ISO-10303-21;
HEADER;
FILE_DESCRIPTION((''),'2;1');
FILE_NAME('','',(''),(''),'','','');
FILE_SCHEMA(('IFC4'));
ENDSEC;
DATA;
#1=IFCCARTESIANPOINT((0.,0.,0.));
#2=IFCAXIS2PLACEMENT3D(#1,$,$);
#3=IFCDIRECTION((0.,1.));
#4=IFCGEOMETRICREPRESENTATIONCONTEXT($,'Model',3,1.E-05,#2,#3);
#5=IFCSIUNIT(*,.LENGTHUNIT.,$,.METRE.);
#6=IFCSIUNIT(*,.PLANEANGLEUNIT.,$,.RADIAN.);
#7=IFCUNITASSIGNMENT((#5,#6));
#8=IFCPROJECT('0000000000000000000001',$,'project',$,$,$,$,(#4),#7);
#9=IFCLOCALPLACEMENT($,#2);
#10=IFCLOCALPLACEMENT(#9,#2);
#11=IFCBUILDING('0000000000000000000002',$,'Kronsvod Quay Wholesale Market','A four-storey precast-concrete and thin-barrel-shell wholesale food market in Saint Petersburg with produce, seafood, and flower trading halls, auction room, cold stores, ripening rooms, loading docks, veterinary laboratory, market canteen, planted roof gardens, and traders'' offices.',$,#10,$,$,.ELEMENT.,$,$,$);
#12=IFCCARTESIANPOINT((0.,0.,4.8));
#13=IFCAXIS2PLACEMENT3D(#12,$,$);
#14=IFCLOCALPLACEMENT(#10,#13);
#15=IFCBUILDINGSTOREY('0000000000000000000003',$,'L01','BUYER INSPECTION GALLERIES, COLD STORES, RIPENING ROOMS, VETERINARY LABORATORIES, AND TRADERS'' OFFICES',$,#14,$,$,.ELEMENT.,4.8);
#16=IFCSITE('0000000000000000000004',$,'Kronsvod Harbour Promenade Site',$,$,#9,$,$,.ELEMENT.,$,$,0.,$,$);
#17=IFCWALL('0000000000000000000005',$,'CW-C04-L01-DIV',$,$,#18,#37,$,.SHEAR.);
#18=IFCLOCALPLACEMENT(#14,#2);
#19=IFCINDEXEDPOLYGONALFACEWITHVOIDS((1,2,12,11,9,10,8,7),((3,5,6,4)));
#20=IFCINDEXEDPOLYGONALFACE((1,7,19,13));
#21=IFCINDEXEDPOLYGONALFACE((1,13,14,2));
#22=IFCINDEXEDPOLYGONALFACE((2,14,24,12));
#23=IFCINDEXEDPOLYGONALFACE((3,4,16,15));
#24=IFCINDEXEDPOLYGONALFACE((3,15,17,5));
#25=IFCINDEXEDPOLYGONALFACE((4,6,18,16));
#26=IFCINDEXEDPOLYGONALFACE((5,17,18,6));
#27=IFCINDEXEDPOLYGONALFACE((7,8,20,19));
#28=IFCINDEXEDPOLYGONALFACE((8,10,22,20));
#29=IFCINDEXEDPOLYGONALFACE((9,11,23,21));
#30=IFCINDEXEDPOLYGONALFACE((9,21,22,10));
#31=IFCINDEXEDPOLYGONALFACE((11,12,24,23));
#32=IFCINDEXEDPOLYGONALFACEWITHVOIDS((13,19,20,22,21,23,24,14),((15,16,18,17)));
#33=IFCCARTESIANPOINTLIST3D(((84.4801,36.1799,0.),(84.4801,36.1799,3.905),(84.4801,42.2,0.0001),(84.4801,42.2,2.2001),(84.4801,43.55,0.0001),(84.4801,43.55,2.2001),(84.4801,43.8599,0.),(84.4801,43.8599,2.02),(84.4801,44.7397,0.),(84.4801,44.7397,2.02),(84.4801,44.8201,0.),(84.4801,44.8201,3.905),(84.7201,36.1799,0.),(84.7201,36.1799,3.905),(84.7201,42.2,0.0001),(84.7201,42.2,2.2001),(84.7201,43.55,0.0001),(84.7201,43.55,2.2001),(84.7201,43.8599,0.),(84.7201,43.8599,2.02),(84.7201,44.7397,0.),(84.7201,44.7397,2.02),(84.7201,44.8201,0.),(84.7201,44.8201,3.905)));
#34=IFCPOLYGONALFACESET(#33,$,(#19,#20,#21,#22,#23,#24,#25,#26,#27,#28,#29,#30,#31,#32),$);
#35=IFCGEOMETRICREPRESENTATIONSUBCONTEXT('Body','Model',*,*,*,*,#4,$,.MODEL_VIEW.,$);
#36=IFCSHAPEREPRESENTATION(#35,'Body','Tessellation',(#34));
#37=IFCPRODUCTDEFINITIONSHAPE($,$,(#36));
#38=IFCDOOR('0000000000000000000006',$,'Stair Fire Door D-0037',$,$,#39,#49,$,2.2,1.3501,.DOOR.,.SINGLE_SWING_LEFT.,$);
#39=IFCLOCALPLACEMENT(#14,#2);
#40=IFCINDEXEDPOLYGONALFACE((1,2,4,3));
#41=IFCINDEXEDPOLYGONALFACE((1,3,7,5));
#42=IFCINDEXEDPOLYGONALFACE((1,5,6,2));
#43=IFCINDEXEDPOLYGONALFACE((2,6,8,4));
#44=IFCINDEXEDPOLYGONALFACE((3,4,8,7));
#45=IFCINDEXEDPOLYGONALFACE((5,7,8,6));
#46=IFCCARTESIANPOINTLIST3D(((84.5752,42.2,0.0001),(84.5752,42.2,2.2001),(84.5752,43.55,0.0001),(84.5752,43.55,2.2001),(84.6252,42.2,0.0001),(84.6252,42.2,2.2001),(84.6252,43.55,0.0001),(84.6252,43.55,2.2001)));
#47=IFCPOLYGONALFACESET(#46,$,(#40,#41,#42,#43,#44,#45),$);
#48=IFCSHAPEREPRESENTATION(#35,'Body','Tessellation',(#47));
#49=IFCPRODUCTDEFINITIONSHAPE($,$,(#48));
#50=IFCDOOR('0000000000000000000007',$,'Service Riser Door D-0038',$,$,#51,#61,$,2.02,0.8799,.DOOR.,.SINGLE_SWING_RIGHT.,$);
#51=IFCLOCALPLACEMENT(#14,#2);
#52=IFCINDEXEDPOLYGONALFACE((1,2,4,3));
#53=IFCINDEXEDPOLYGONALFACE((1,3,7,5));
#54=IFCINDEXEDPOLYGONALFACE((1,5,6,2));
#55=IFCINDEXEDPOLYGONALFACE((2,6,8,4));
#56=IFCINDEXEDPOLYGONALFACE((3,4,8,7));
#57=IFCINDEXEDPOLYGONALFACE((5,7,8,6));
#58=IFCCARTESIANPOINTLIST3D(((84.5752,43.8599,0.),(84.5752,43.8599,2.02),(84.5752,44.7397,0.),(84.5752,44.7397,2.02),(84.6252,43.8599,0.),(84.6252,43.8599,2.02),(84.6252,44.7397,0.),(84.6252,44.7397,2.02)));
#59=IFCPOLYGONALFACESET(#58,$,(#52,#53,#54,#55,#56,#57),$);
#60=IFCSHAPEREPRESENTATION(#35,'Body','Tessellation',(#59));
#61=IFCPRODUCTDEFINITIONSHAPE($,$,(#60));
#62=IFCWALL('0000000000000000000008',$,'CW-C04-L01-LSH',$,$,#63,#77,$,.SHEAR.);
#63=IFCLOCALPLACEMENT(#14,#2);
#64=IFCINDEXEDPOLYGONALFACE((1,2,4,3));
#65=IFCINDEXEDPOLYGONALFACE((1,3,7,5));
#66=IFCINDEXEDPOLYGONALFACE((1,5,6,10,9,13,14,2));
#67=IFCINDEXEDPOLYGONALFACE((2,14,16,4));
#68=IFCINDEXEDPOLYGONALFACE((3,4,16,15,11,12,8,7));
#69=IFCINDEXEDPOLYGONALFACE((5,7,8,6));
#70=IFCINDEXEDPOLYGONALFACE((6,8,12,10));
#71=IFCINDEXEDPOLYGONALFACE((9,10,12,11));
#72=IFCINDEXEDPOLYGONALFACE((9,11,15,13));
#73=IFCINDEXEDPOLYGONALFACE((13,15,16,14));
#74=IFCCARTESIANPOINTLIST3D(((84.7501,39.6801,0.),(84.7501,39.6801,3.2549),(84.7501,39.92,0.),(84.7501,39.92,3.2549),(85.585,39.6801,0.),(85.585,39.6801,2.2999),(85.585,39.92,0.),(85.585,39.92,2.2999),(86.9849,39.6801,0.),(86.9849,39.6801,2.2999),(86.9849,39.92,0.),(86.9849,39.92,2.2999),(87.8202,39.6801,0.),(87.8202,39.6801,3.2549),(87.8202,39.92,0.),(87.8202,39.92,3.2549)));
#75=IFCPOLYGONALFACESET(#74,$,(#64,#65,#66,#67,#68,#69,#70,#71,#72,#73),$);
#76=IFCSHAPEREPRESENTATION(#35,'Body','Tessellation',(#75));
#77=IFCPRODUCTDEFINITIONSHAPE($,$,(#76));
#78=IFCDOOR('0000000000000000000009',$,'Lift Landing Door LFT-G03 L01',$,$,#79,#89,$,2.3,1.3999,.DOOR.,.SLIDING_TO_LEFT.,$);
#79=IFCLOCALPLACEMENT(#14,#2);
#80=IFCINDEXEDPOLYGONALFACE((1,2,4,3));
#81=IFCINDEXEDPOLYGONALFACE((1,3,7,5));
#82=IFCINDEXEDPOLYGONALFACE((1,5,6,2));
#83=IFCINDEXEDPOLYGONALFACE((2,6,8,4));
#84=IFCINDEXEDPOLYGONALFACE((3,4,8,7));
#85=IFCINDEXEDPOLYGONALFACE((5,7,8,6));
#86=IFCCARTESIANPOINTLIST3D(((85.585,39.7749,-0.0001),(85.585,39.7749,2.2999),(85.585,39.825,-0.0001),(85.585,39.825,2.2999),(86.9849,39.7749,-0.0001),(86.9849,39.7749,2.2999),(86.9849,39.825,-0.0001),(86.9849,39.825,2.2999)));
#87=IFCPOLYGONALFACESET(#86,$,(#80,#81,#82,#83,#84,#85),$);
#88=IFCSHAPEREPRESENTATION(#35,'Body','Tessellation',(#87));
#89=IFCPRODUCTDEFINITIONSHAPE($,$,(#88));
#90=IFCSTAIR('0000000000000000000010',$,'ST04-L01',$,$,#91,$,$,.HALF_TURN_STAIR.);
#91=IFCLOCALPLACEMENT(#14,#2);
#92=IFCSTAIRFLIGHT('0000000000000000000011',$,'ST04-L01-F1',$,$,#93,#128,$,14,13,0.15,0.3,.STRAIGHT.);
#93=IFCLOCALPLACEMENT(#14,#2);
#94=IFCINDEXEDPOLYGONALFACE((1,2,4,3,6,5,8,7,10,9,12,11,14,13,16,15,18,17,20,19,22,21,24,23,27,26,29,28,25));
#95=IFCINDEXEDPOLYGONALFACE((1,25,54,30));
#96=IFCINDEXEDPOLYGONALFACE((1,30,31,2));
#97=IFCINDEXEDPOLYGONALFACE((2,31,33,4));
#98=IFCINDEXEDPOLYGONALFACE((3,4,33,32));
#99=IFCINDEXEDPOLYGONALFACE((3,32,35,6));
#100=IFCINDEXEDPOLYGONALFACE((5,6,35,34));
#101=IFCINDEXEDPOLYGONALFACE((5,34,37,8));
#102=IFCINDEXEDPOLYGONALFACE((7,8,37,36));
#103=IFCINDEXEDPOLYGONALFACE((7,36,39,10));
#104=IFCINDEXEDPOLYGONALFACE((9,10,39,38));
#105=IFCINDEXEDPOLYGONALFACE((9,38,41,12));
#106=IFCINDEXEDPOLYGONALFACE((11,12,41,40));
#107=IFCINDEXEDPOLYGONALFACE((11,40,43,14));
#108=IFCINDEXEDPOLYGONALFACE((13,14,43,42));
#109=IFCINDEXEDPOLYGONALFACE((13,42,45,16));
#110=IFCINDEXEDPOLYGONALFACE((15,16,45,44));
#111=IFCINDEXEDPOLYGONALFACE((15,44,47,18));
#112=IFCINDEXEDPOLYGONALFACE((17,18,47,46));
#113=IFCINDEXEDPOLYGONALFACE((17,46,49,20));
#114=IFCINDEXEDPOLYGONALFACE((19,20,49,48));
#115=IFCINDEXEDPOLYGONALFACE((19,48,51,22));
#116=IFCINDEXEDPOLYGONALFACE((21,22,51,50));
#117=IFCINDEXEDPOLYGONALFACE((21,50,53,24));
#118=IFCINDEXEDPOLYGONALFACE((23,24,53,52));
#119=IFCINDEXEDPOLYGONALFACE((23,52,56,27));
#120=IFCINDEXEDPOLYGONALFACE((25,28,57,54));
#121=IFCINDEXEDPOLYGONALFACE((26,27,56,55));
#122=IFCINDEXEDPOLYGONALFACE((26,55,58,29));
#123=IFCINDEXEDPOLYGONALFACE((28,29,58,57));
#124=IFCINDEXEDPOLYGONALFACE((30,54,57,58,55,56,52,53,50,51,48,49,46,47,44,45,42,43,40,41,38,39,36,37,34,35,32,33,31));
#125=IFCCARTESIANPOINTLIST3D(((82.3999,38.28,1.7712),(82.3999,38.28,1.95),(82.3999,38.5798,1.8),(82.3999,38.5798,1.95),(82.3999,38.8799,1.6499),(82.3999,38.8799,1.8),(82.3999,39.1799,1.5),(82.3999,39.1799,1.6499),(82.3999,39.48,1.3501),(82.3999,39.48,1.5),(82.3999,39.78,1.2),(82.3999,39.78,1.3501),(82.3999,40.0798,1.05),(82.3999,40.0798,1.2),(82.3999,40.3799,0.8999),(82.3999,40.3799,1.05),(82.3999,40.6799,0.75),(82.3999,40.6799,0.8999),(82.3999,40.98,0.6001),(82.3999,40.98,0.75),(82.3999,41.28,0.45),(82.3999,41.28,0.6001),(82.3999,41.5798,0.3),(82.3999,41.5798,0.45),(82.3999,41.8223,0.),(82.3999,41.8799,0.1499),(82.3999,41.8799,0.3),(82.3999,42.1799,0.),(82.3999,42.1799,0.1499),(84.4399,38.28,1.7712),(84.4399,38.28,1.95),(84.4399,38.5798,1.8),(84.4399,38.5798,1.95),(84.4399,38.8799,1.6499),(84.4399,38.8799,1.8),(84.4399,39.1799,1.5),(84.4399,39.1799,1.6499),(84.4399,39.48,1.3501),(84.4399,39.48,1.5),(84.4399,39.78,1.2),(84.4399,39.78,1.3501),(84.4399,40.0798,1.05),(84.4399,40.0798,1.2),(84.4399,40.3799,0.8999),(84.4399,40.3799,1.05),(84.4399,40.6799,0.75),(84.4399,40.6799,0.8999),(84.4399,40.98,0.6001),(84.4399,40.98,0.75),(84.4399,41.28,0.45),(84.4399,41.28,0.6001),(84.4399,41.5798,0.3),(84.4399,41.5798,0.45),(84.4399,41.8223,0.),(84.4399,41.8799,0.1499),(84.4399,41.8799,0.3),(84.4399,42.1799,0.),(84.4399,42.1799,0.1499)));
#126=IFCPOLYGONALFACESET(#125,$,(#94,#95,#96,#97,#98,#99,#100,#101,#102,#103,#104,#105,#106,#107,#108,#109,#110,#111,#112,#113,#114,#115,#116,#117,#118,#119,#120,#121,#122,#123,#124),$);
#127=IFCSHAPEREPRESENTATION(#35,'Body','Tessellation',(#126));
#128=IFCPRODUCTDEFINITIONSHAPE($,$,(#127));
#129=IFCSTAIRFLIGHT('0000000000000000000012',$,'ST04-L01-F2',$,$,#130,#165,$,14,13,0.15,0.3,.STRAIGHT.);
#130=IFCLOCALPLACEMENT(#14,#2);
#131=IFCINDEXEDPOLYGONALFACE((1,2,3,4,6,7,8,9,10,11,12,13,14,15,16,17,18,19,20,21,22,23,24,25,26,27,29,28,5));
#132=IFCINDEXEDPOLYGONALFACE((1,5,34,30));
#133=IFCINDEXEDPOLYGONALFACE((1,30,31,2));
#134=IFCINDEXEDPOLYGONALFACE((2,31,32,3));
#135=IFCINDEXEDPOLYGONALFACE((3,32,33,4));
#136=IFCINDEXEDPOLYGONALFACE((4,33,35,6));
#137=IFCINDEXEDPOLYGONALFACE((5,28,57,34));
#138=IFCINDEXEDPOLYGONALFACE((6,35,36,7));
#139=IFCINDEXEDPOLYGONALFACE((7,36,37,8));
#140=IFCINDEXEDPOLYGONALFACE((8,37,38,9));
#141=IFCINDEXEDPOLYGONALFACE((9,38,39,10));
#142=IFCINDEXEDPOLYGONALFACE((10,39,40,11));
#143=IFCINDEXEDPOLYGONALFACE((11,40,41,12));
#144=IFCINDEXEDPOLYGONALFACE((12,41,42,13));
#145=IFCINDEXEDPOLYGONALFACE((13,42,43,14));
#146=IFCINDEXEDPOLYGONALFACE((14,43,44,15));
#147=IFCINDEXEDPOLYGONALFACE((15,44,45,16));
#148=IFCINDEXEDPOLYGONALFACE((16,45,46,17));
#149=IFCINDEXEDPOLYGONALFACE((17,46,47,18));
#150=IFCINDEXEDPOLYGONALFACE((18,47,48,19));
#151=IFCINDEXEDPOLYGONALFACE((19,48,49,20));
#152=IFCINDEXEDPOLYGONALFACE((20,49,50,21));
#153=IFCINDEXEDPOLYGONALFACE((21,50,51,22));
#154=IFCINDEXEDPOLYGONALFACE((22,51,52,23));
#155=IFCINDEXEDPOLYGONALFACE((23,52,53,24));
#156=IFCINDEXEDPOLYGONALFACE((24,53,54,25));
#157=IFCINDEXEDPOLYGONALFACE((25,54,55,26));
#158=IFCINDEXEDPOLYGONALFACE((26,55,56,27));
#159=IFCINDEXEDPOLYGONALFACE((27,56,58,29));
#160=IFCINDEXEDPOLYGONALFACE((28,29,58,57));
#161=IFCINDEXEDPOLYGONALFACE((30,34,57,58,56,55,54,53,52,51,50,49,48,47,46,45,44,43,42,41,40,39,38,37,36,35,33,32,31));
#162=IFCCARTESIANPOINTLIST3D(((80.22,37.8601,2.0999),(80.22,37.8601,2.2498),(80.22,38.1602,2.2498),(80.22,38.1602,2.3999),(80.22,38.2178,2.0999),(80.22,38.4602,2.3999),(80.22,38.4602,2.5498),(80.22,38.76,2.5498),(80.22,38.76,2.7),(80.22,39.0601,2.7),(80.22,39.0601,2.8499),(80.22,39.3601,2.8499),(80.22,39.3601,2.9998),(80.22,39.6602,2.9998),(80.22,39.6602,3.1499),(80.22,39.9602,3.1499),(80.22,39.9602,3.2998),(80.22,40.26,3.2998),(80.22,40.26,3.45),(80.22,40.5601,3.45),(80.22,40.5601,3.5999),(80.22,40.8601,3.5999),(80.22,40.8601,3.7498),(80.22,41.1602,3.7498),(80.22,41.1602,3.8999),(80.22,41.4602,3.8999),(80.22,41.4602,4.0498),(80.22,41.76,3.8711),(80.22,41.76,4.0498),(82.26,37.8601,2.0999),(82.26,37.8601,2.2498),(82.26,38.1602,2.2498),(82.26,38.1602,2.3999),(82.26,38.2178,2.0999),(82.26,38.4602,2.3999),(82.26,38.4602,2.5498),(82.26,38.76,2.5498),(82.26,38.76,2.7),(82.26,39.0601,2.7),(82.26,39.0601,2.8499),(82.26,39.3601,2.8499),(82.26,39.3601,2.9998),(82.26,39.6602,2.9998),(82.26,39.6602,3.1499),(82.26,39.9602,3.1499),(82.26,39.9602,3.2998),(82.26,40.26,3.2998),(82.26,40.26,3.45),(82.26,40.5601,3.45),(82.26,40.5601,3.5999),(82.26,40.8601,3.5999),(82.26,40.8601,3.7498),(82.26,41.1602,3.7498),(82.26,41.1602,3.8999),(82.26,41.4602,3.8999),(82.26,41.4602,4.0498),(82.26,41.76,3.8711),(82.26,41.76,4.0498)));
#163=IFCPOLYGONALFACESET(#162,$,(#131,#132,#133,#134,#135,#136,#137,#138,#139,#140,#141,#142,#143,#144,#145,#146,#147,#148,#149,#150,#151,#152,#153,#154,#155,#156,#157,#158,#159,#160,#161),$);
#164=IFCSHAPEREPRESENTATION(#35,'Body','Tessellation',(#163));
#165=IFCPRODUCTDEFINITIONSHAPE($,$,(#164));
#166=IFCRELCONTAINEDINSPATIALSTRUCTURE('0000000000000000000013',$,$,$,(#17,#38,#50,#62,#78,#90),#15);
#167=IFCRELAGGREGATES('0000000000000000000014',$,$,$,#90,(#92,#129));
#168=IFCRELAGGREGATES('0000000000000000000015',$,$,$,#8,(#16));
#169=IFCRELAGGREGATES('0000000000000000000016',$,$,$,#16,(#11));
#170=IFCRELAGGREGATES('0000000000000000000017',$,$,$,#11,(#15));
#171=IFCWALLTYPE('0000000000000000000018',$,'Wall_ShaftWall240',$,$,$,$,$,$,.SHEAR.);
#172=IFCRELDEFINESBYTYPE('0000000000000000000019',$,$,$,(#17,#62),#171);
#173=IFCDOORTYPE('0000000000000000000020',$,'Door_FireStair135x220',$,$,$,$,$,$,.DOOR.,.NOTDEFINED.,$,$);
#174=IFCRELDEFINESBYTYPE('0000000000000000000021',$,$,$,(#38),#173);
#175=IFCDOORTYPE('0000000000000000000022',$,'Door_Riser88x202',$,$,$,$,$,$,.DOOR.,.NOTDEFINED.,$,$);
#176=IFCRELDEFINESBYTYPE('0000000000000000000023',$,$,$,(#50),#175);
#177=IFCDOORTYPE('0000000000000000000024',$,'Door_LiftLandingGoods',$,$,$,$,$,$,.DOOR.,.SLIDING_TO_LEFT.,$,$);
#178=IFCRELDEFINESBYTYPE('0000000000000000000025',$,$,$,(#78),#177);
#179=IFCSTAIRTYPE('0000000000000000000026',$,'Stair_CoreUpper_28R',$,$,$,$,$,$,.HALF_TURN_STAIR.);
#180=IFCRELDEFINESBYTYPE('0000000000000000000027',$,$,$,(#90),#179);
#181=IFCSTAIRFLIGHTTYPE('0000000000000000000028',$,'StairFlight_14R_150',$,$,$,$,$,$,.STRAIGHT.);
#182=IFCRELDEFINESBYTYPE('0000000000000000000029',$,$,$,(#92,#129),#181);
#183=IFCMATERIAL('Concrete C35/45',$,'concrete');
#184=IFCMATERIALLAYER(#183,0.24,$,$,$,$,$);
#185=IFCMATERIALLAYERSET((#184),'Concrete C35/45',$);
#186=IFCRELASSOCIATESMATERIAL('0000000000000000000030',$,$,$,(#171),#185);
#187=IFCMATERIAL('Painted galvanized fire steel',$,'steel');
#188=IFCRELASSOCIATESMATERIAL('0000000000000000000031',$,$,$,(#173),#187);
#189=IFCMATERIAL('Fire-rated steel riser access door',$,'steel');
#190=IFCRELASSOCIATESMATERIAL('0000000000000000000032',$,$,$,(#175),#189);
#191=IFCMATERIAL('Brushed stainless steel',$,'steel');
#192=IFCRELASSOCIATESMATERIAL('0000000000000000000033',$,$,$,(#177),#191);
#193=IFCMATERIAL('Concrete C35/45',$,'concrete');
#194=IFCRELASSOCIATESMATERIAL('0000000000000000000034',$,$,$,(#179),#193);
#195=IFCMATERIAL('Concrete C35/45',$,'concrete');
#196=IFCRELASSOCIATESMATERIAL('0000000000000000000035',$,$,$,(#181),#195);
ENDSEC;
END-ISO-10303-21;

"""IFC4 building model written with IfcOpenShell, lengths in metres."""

from ifc_helpers import new_model, si_unit, direction, frame, frame_2d, origin, place, context, subcontext, project, spatial, polyline, rectangle, outline, extrude, material, layer, layer_set, type_object, element, fill, aggregate, save


model = new_model("IFC4")

# Units and contexts
model_context = context("Model", 3, precision=1e-05, world=origin(), true_north=direction((0.0, 1.0)))
body_context = subcontext(model_context, "Body", "Model", "MODEL_VIEW")
ifc_project = project(units=[si_unit("LENGTHUNIT", "METRE"), si_unit("PLANEANGLEUNIT", "RADIAN")], contexts=[model_context])

# Site, building, storey
site_placement = place(None, origin())
site = spatial("IfcSite", under=ifc_project, at=site_placement, Name="Kronsvod Harbour Promenade Site", CompositionType="ELEMENT", RefElevation=0.0)
building_placement = place(site_placement, origin())
building = spatial("IfcBuilding", under=site, at=building_placement, Name="Kronsvod Quay Wholesale Market", Description="A four-storey precast-concrete and thin-barrel-shell wholesale food market in Saint Petersburg with produce, seafood, and flower trading halls, auction room, cold stores, ripening rooms, loading docks, veterinary laboratory, market canteen, planted roof gardens, and traders' offices.", CompositionType="ELEMENT")
storey_placement = place(building_placement, frame((0.0, 0.0, 4.8)))
storey = spatial("IfcBuildingStorey", under=building, at=storey_placement, Name="L01", Description="BUYER INSPECTION GALLERIES, COLD STORES, RIPENING ROOMS, VETERINARY LABORATORIES, AND TRADERS' OFFICES", CompositionType="ELEMENT", Elevation=4.8)

# Wall, openings, doors
ifc_material_1 = material(Name="Concrete C35/45", Category="concrete")
ifc_layer_1 = layer(ifc_material_1, 0.24)
ifc_layer_set_1 = layer_set([ifc_layer_1], Name="Concrete C35/45")
wall_type_1 = type_object("IfcWallType", Name="Wall_ShaftWall240", PredefinedType="SHEAR", material=ifc_layer_set_1)
wall_1_placement = place(storey_placement, frame((84.6001, 36.1799, 0.0), z_axis=(0.0, 0.0, 1.0), x_axis=(0.0, 1.0, 0.0)))
wall_1 = element("IfcWall", 1, at=wall_1_placement, inside=storey, type_object=wall_type_1, Name="CW-C04-L01-DIV", PredefinedType="SHEAR", context=body_context, shape_type="SweptSolid", body=[
    extrude(rectangle(XDim=8.6401, YDim=0.24, at=frame_2d((4.3201, 0.0))), origin(), (0.0, 0.0, 1.0), 3.905),
])
opening_1_placement = place(wall_1_placement, frame((6.02, 0.0, 0.0)))
opening_1 = element("IfcOpeningElement", 2, at=opening_1_placement, cuts=wall_1, PredefinedType="OPENING", context=body_context, shape_type="SweptSolid", body=[
    extrude(rectangle(XDim=1.3501, YDim=2.2, at=frame_2d((0.675, 1.1001))), frame((0.0, 0.1299, 0.0), z_axis=(0.0, -1.0, 0.0), x_axis=(1.0, 0.0, 0.0)), (0.0, 0.0, 1.0), 0.26),
])
opening_2_placement = place(wall_1_placement, frame((7.6799, 0.0, 0.0)))
opening_2 = element("IfcOpeningElement", 3, at=opening_2_placement, cuts=wall_1, PredefinedType="OPENING", context=body_context, shape_type="SweptSolid", body=[
    extrude(rectangle(XDim=0.8799, YDim=2.02, at=frame_2d((0.4399, 1.01))), frame((0.0, 0.1299, 0.0), z_axis=(0.0, -1.0, 0.0), x_axis=(1.0, 0.0, 0.0)), (0.0, 0.0, 1.0), 0.26),
])
ifc_material_2 = material(Name="Painted galvanized fire steel", Category="steel")
door_type_1 = type_object("IfcDoorType", Name="Door_FireStair135x220", OperationType="NOTDEFINED", PredefinedType="DOOR", material=ifc_material_2)
door_1_placement = place(opening_1_placement, origin())
door_1 = element("IfcDoor", 4, at=door_1_placement, inside=storey, type_object=door_type_1, Name="Stair Fire Door D-0037", OperationType="SINGLE_SWING_LEFT", OverallHeight=2.2, OverallWidth=1.3501, PredefinedType="DOOR", context=body_context, shape_type="SweptSolid", body=[
    extrude(rectangle(XDim=1.3501, YDim=2.2, at=frame_2d((0.675, 1.1001))), frame((0.0, 0.0249, 0.0), z_axis=(0.0, -1.0, 0.0), x_axis=(1.0, 0.0, 0.0)), (0.0, 0.0, 1.0), 0.05),
])
fill(opening_1, door_1)
ifc_material_3 = material(Name="Fire-rated steel riser access door", Category="steel")
door_type_2 = type_object("IfcDoorType", Name="Door_Riser88x202", OperationType="NOTDEFINED", PredefinedType="DOOR", material=ifc_material_3)
door_2_placement = place(opening_2_placement, origin())
door_2 = element("IfcDoor", 5, at=door_2_placement, inside=storey, type_object=door_type_2, Name="Service Riser Door D-0038", OperationType="SINGLE_SWING_RIGHT", OverallHeight=2.02, OverallWidth=0.8799, PredefinedType="DOOR", context=body_context, shape_type="SweptSolid", body=[
    extrude(rectangle(XDim=0.8799, YDim=2.02, at=frame_2d((0.4399, 1.01))), frame((0.0, 0.0249, 0.0), z_axis=(0.0, -1.0, 0.0), x_axis=(1.0, 0.0, 0.0)), (0.0, 0.0, 1.0), 0.05),
])
fill(opening_2, door_2)

# Wall, opening, door
wall_2_placement = place(storey_placement, frame((84.75, 39.8, 0.0), z_axis=(0.0, 0.0, 1.0), x_axis=(1.0, 0.0, 0.0)))
wall_2 = element("IfcWall", 6, at=wall_2_placement, inside=storey, type_object=wall_type_1, Name="CW-C04-L01-LSH", PredefinedType="SHEAR", context=body_context, shape_type="SweptSolid", body=[
    extrude(rectangle(XDim=3.0701, YDim=0.24, at=frame_2d((1.5352, 0.0))), origin(), (0.0, 0.0, 1.0), 3.2549),
])
opening_3_placement = place(wall_2_placement, frame((0.835, 0.0, 0.0)))
opening_3 = element("IfcOpeningElement", 7, at=opening_3_placement, cuts=wall_2, PredefinedType="OPENING", context=body_context, shape_type="SweptSolid", body=[
    extrude(rectangle(XDim=1.3999, YDim=2.3, at=frame_2d((0.7, 1.1499))), frame((0.0, 0.1299, 0.0), z_axis=(0.0, -1.0, 0.0), x_axis=(1.0, 0.0, 0.0)), (0.0, 0.0, 1.0), 0.26),
])
ifc_material_4 = material(Name="Brushed stainless steel", Category="steel")
door_type_3 = type_object("IfcDoorType", Name="Door_LiftLandingGoods", OperationType="SLIDING_TO_LEFT", PredefinedType="DOOR", material=ifc_material_4)
door_3_placement = place(opening_3_placement, origin())
door_3 = element("IfcDoor", 8, at=door_3_placement, inside=storey, type_object=door_type_3, Name="Lift Landing Door LFT-G03 L01", OperationType="SLIDING_TO_LEFT", OverallHeight=2.3, OverallWidth=1.3999, PredefinedType="DOOR", context=body_context, shape_type="SweptSolid", body=[
    extrude(rectangle(XDim=1.3999, YDim=2.3, at=frame_2d((0.7, 1.1499))), frame((0.0, 0.0249, 0.0), z_axis=(0.0, -1.0, 0.0), x_axis=(1.0, 0.0, 0.0)), (0.0, 0.0, 1.0), 0.05),
])
fill(opening_3, door_3)

# Stair, stair flights
ifc_material_5 = material(Name="Concrete C35/45", Category="concrete")
stair_type = type_object("IfcStairType", Name="Stair_CoreUpper_28R", PredefinedType="HALF_TURN_STAIR", material=ifc_material_5)
stair_placement = place(storey_placement, origin())
stair = element("IfcStair", 9, at=stair_placement, inside=storey, type_object=stair_type, Name="ST04-L01", PredefinedType="HALF_TURN_STAIR")
ifc_material_6 = material(Name="Concrete C35/45", Category="concrete")
stair_flight_type = type_object("IfcStairFlightType", Name="StairFlight_14R_150", PredefinedType="STRAIGHT", material=ifc_material_6)
stair_flight_1_placement = place(storey_placement, frame((83.4199, 42.1799, 0.0), z_axis=(0.0, 0.0, 1.0), x_axis=(0.0, -1.0, 0.0)))
stair_flight_1 = element("IfcStairFlight", 10, at=stair_flight_1_placement, type_object=stair_flight_type, Name="ST04-L01-F1", NumberOfRisers=14, NumberOfTreads=13, PredefinedType="STRAIGHT", RiserHeight=0.15, TreadLength=0.3, context=body_context, shape_type="SweptSolid", body=[
    extrude(outline(polyline([(0.0, 0.0), (0.0, 0.1499), (0.3, 0.1499), (0.3, 0.3), (0.6001, 0.3), (0.6001, 0.45), (0.8999, 0.45), (0.8999, 0.6001), (1.2, 0.6001), (1.2, 0.75), (1.5, 0.75), (1.5, 0.8999), (1.8, 0.8999), (1.8, 1.05), (2.1001, 1.05), (2.1001, 1.2), (2.3999, 1.2), (2.3999, 1.3501), (2.7, 1.3501), (2.7, 1.5), (3.0, 1.5), (3.0, 1.6499), (3.3, 1.6499), (3.3, 1.8), (3.6001, 1.8), (3.6001, 1.95), (3.8999, 1.95), (3.8999, 2.1001), (3.8999, 1.7712), (0.3577, 0.0), (0.0, 0.0)])), frame((0.0, 1.02, 0.0), z_axis=(0.0, -1.0, 0.0), x_axis=(1.0, 0.0, 0.0)), (0.0, 0.0, 1.0), 2.04),
])
stair_flight_2_placement = place(storey_placement, frame((81.24, 37.8601, 2.0999), z_axis=(0.0, 0.0, 1.0), x_axis=(0.0, 1.0, 0.0)))
stair_flight_2 = element("IfcStairFlight", 11, at=stair_flight_2_placement, type_object=stair_flight_type, Name="ST04-L01-F2", NumberOfRisers=14, NumberOfTreads=13, PredefinedType="STRAIGHT", RiserHeight=0.15, TreadLength=0.3, context=body_context, shape_type="SweptSolid", body=[
    extrude(outline(polyline([(0.0, 0.0), (0.0, 0.1499), (0.3, 0.1499), (0.3, 0.3), (0.6001, 0.3), (0.6001, 0.45), (0.8999, 0.45), (0.8999, 0.6001), (1.2, 0.6001), (1.2, 0.75), (1.5, 0.75), (1.5, 0.8999), (1.8, 0.8999), (1.8, 1.05), (2.1001, 1.05), (2.1001, 1.2), (2.3999, 1.2), (2.3999, 1.3501), (2.7, 1.3501), (2.7, 1.5), (3.0, 1.5), (3.0, 1.6499), (3.3, 1.6499), (3.3, 1.8), (3.6001, 1.8), (3.6001, 1.95), (3.8999, 1.95), (3.8999, 2.1001), (3.8999, 1.7712), (0.3577, 0.0), (0.0, 0.0)])), frame((0.0, 1.02, 0.0), z_axis=(0.0, -1.0, 0.0), x_axis=(1.0, 0.0, 0.0)), (0.0, 0.0, 1.0), 2.04),
])
aggregate(stair, [stair_flight_1, stair_flight_2])

save(model, "model.ifc")
